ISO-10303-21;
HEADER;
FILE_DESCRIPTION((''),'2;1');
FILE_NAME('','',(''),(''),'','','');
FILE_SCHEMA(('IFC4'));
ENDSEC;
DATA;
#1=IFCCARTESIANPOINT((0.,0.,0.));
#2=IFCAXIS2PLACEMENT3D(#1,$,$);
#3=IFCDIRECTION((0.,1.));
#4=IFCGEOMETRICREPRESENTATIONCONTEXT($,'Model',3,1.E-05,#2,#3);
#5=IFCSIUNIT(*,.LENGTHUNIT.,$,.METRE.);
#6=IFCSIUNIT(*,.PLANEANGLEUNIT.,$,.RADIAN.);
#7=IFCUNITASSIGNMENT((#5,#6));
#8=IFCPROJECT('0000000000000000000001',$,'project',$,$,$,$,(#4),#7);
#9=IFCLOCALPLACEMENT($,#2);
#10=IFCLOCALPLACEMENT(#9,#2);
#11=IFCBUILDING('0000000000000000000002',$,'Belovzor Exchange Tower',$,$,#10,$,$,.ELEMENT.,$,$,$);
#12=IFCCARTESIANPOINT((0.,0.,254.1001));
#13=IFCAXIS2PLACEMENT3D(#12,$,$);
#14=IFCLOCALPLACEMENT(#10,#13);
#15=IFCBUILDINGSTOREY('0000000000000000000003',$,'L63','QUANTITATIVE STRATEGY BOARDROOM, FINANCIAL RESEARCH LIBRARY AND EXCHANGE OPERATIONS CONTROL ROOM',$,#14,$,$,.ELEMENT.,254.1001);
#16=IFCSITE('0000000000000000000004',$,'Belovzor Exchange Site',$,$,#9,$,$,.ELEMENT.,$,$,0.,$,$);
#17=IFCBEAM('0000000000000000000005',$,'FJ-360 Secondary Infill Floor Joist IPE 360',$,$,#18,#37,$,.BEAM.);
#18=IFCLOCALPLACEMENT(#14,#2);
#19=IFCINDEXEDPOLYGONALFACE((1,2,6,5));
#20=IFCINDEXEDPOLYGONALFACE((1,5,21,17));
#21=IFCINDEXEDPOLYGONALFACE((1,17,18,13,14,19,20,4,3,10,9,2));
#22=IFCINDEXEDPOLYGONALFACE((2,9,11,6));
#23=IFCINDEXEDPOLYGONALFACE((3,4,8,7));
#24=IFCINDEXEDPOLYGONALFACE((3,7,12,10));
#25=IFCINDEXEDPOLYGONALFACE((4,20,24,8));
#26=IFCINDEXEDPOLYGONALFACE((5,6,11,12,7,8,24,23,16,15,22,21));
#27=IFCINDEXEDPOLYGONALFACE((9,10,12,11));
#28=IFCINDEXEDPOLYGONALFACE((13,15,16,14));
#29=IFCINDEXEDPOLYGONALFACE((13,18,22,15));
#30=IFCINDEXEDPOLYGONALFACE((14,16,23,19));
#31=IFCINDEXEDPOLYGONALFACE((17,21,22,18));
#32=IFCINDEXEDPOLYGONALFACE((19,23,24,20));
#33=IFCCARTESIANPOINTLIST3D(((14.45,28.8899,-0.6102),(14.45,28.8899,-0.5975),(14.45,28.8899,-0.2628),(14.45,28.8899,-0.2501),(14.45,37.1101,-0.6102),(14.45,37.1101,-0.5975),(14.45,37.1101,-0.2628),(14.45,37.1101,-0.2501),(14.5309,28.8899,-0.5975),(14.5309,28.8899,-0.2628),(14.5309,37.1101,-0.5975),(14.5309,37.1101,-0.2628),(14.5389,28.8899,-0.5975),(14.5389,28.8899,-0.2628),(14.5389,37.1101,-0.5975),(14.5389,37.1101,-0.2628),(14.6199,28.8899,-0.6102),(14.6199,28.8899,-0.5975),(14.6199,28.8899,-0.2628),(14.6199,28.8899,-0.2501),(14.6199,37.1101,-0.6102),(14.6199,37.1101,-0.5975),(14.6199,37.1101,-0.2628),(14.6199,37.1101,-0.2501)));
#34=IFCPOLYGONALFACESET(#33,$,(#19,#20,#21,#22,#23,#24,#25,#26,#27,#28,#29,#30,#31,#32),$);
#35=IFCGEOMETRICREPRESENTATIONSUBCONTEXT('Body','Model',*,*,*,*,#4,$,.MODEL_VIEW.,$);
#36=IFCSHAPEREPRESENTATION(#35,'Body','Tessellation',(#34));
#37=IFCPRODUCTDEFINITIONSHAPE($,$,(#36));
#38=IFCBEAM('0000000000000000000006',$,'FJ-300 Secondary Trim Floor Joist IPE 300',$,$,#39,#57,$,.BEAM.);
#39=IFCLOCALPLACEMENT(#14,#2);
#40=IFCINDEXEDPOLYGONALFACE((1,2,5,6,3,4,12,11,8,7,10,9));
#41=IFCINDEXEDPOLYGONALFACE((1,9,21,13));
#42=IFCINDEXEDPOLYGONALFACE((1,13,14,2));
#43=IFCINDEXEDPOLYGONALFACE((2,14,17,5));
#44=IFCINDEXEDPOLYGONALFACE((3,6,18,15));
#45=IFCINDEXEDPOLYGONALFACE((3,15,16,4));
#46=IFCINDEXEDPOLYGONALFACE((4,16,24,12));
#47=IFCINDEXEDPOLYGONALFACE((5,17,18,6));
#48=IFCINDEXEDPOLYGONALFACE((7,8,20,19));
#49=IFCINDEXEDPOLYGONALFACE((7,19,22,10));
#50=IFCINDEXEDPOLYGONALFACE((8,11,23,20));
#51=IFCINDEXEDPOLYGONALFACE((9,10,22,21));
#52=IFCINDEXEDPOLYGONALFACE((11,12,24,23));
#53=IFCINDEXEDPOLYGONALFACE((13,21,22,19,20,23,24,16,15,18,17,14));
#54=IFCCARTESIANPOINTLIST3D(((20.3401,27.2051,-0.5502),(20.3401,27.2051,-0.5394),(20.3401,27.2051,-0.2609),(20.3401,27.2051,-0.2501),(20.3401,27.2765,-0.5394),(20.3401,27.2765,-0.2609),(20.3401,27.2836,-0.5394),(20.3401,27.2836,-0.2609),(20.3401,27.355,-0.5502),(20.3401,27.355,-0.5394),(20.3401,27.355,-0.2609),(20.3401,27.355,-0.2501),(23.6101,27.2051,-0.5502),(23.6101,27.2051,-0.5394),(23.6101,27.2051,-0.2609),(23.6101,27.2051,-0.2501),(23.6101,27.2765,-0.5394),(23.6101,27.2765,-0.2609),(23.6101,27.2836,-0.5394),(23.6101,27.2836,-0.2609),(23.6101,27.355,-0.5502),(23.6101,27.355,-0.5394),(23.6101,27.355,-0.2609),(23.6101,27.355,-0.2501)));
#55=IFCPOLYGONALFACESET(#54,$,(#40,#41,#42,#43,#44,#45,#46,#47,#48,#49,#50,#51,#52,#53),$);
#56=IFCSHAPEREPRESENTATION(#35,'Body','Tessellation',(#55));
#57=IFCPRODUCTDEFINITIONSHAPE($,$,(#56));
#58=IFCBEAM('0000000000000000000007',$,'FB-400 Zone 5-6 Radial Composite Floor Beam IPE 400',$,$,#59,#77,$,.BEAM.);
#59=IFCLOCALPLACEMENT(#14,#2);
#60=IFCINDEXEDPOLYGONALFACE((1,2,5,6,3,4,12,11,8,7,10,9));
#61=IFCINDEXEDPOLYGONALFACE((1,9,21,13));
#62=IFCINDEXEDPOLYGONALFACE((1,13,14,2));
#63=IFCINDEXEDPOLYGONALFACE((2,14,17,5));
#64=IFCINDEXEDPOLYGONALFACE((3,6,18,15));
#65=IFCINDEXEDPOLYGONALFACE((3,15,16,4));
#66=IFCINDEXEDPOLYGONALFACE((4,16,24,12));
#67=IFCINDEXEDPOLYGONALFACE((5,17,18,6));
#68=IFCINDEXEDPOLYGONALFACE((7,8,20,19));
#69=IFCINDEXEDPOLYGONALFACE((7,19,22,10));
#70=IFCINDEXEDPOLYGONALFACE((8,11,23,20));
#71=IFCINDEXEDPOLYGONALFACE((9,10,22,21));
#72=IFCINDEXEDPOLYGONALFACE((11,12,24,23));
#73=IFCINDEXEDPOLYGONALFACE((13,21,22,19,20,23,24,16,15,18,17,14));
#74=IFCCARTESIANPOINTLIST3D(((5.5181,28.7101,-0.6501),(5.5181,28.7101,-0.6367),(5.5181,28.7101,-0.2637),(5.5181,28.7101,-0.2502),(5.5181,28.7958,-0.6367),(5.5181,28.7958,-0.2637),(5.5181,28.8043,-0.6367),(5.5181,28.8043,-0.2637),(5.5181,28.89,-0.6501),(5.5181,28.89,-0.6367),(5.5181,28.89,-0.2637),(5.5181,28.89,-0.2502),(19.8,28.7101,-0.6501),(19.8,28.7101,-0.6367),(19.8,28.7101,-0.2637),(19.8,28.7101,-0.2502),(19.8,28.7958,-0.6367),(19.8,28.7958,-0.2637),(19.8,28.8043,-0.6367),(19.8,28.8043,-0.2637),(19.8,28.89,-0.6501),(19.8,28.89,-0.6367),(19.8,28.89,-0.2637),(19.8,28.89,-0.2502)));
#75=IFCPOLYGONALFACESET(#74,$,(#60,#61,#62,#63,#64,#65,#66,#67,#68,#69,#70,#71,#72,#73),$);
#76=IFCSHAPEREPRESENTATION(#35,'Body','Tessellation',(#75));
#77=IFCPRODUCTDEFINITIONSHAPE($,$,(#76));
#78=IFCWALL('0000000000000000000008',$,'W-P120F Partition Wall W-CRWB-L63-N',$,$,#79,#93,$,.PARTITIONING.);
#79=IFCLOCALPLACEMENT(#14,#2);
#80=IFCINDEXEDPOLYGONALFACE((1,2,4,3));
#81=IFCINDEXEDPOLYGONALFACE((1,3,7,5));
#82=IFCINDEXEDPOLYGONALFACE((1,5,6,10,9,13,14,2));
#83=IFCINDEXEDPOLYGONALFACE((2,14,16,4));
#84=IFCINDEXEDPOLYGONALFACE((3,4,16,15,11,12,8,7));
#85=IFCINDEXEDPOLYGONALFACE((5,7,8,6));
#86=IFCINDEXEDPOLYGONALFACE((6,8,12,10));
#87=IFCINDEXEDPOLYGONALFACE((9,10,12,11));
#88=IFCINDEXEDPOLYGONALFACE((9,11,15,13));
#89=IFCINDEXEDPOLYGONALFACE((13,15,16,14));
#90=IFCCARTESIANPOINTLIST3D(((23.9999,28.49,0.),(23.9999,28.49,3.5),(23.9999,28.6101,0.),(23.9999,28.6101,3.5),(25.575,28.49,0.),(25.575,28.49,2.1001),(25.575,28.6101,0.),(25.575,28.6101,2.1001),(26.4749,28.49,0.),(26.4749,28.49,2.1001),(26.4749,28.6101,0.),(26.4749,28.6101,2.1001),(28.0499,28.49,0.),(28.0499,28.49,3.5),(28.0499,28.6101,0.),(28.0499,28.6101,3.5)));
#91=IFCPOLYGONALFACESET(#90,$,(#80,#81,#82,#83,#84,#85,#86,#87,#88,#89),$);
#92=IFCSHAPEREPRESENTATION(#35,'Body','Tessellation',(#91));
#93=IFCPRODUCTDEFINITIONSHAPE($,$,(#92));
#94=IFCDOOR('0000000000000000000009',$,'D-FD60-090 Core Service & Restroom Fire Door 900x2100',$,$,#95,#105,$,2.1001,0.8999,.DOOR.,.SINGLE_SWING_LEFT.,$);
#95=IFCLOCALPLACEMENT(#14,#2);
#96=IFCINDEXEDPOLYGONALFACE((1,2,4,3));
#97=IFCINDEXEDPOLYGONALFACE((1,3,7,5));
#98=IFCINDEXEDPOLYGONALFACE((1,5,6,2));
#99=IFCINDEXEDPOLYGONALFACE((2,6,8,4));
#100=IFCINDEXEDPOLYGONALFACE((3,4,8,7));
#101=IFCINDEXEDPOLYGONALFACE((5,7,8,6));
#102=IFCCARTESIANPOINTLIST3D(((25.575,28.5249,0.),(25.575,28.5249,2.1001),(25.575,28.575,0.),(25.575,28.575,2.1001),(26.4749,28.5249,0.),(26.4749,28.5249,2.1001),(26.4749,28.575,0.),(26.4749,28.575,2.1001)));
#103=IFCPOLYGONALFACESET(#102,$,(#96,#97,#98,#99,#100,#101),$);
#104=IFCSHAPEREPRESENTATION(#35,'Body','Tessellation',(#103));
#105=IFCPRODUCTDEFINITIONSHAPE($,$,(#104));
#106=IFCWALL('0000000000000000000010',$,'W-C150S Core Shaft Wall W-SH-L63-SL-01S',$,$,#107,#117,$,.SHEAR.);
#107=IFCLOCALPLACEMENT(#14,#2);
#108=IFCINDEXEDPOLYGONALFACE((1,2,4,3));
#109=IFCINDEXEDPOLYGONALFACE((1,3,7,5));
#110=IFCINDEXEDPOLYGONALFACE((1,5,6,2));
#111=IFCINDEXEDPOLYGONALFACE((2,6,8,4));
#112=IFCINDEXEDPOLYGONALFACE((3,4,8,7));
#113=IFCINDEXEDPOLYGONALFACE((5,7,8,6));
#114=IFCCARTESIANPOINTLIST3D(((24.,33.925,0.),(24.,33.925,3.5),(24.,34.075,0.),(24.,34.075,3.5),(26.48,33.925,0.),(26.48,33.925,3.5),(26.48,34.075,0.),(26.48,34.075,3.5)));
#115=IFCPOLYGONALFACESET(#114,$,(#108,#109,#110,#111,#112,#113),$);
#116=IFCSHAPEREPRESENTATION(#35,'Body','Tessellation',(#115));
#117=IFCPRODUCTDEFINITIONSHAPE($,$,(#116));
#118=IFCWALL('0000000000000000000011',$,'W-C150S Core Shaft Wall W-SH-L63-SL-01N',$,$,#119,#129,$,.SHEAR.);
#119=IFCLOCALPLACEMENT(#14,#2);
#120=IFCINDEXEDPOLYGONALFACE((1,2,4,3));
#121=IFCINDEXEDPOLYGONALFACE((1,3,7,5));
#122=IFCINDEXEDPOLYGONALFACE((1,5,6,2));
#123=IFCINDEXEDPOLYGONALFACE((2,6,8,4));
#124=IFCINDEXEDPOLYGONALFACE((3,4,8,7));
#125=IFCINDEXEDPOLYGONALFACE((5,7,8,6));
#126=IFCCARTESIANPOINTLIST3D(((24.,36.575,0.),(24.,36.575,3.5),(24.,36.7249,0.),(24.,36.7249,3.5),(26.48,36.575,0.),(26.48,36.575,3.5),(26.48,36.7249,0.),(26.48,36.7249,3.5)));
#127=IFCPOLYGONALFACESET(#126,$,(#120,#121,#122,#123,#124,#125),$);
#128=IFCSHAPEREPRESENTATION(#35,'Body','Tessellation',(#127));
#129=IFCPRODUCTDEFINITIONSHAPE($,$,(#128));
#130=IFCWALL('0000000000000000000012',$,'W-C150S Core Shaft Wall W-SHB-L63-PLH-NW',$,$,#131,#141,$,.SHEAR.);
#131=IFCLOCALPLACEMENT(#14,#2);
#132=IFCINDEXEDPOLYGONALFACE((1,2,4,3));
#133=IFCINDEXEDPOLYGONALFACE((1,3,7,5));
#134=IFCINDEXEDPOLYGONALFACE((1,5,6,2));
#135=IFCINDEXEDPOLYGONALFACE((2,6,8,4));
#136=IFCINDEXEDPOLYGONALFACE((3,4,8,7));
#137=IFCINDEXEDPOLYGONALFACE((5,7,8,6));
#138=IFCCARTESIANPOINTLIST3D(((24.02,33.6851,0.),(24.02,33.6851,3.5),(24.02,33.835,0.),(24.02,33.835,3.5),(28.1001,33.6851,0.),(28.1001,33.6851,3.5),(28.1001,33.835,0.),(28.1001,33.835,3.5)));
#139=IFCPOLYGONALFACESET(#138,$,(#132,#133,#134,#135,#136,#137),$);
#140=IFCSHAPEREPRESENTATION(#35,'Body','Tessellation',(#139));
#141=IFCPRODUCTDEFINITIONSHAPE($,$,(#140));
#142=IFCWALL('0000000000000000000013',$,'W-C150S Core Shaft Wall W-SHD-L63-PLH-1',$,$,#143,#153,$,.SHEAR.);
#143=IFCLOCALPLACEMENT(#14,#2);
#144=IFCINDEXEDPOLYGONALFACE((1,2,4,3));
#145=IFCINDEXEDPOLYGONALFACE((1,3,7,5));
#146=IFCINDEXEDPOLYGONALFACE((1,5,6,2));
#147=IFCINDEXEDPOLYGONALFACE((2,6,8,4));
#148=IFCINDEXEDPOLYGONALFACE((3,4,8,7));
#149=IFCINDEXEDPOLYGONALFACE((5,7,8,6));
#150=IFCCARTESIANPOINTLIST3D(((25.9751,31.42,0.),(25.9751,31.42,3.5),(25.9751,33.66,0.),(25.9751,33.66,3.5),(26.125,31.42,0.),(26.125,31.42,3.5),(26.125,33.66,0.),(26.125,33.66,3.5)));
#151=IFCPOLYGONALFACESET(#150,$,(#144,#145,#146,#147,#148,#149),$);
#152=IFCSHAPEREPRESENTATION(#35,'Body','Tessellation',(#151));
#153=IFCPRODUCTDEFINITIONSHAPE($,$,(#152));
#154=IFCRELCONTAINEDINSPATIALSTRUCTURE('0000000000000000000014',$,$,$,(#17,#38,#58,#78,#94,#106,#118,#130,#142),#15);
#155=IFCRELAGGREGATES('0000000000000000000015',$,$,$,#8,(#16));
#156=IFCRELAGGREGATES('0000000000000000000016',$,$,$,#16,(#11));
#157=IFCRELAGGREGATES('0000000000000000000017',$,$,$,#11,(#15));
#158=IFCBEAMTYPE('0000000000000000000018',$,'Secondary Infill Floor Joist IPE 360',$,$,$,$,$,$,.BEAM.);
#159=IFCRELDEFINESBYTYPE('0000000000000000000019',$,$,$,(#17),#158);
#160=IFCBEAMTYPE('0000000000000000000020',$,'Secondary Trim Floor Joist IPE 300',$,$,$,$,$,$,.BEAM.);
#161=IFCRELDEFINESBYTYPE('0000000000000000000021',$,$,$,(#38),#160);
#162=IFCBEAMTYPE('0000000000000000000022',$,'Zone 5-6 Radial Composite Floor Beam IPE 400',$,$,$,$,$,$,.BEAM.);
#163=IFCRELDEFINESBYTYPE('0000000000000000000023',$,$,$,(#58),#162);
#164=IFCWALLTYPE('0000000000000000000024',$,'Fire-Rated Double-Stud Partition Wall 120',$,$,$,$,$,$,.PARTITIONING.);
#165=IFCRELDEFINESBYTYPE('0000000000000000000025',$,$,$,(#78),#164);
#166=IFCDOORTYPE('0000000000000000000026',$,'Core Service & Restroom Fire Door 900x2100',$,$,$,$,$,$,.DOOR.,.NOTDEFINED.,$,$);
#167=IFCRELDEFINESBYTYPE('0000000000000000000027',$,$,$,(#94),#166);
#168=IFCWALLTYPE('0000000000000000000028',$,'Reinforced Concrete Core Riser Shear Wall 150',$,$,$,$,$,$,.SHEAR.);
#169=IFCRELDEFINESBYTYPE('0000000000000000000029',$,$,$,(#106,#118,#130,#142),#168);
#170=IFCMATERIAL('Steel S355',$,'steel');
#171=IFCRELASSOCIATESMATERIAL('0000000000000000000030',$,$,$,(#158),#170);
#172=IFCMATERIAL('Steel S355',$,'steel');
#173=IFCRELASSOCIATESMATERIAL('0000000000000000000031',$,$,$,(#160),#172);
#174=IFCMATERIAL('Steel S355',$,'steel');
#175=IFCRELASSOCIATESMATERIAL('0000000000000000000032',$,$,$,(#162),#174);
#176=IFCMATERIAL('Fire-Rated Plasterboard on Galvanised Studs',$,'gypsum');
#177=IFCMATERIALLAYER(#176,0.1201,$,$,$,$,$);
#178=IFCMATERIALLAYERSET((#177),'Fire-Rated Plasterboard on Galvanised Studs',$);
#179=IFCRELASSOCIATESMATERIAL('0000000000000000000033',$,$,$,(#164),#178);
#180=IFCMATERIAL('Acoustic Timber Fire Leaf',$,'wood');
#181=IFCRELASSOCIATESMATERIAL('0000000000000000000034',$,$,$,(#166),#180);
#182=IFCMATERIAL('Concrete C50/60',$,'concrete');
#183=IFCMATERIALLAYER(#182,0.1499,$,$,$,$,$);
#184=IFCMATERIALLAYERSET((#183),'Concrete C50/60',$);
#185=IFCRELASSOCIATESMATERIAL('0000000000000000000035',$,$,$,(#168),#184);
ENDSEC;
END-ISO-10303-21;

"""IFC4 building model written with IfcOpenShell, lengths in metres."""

from ifc_helpers import new_model, si_unit, direction, frame, frame_2d, origin, origin_2d, place, context, subcontext, project, spatial, rectangle, i_section, extrude, material, layer, layer_set, material_profile, profile_set, type_object, element, fill, save


model = new_model("IFC4")

# Units and contexts
model_context = context("Model", 3, precision=1e-05, world=origin(), true_north=direction((0.0, 1.0)))
body_context = subcontext(model_context, "Body", "Model", "MODEL_VIEW")
ifc_project = project(units=[si_unit("LENGTHUNIT", "METRE"), si_unit("PLANEANGLEUNIT", "RADIAN")], contexts=[model_context])

# Site, building, storey
site_placement = place(None, origin())
site = spatial("IfcSite", under=ifc_project, at=site_placement, Name="Belovzor Exchange Site", CompositionType="ELEMENT", RefElevation=0.0)
building_placement = place(site_placement, origin())
building = spatial("IfcBuilding", under=site, at=building_placement, Name="Belovzor Exchange Tower", CompositionType="ELEMENT")
storey_placement = place(building_placement, frame((0.0, 0.0, 254.1001)))
storey = spatial("IfcBuildingStorey", under=building, at=storey_placement, Name="L63", Description="QUANTITATIVE STRATEGY BOARDROOM, FINANCIAL RESEARCH LIBRARY AND EXCHANGE OPERATIONS CONTROL ROOM", CompositionType="ELEMENT", Elevation=254.1001)

# Beams
ifc_material_1 = material(Name="Steel S355", Category="steel")
ifc_material_profile_1 = material_profile(ifc_material_1, i_section(OverallWidth=0.1699, OverallDepth=0.3601, WebThickness=0.0081, FlangeThickness=0.0127, at=origin_2d()))
ifc_profile_set_1 = profile_set([ifc_material_profile_1], Name="Steel S355")
beam_type_1 = type_object("IfcBeamType", Name="Secondary Infill Floor Joist IPE 360", PredefinedType="BEAM", material=ifc_profile_set_1)
beam_1_placement = place(storey_placement, frame((14.5349, 28.8899, -0.4302), z_axis=(0.0, 1.0, 0.0), x_axis=(-1.0, 0.0, 0.0)))
element("IfcBeam", 1, at=beam_1_placement, inside=storey, type_object=beam_type_1, Name="FJ-360 Secondary Infill Floor Joist IPE 360", PredefinedType="BEAM", context=body_context, shape_type="SweptSolid", body=[
    extrude(i_section(OverallWidth=0.1699, OverallDepth=0.3601, WebThickness=0.0081, FlangeThickness=0.0127, at=origin_2d()), origin(), (0.0, 0.0, 1.0), 8.2202),
])
ifc_material_2 = material(Name="Steel S355", Category="steel")
ifc_material_profile_2 = material_profile(ifc_material_2, i_section(OverallWidth=0.1499, OverallDepth=0.3, WebThickness=0.0071, FlangeThickness=0.0107, at=origin_2d()))
ifc_profile_set_2 = profile_set([ifc_material_profile_2], Name="Steel S355")
beam_type_2 = type_object("IfcBeamType", Name="Secondary Trim Floor Joist IPE 300", PredefinedType="BEAM", material=ifc_profile_set_2)
beam_2_placement = place(storey_placement, frame((20.3401, 27.28, -0.4001), z_axis=(1.0, 0.0, 0.0), x_axis=(0.0, 1.0, 0.0)))
element("IfcBeam", 2, at=beam_2_placement, inside=storey, type_object=beam_type_2, Name="FJ-300 Secondary Trim Floor Joist IPE 300", PredefinedType="BEAM", context=body_context, shape_type="SweptSolid", body=[
    extrude(i_section(OverallWidth=0.1499, OverallDepth=0.3, WebThickness=0.0071, FlangeThickness=0.0107, at=origin_2d()), origin(), (0.0, 0.0, 1.0), 3.27),
])
ifc_material_3 = material(Name="Steel S355", Category="steel")
ifc_material_profile_3 = material_profile(ifc_material_3, i_section(OverallWidth=0.1799, OverallDepth=0.3999, WebThickness=0.0085, FlangeThickness=0.0134, at=origin_2d()))
ifc_profile_set_3 = profile_set([ifc_material_profile_3], Name="Steel S355")
beam_type_3 = type_object("IfcBeamType", Name="Zone 5-6 Radial Composite Floor Beam IPE 400", PredefinedType="BEAM", material=ifc_profile_set_3)
beam_3_placement = place(storey_placement, frame((19.8, 28.8, -0.4502), z_axis=(-1.0, 0.0, 0.0), x_axis=(0.0, -1.0, 0.0)))
element("IfcBeam", 3, at=beam_3_placement, inside=storey, type_object=beam_type_3, Name="FB-400 Zone 5-6 Radial Composite Floor Beam IPE 400", PredefinedType="BEAM", context=body_context, shape_type="SweptSolid", body=[
    extrude(i_section(OverallWidth=0.1799, OverallDepth=0.3999, WebThickness=0.0085, FlangeThickness=0.0134, at=origin_2d()), origin(), (0.0, 0.0, 1.0), 14.282),
])

# Wall, opening, door
ifc_material_4 = material(Name="Fire-Rated Plasterboard on Galvanised Studs", Category="gypsum")
ifc_layer_1 = layer(ifc_material_4, 0.1201)
ifc_layer_set_1 = layer_set([ifc_layer_1], Name="Fire-Rated Plasterboard on Galvanised Studs")
wall_type_1 = type_object("IfcWallType", Name="Fire-Rated Double-Stud Partition Wall 120", PredefinedType="PARTITIONING", material=ifc_layer_set_1)
wall_1_placement = place(storey_placement, frame((24.0, 28.55, 0.0), z_axis=(0.0, 0.0, 1.0), x_axis=(1.0, 0.0, 0.0)))
wall_1 = element("IfcWall", 4, at=wall_1_placement, inside=storey, type_object=wall_type_1, Name="W-P120F Partition Wall W-CRWB-L63-N", PredefinedType="PARTITIONING", context=body_context, shape_type="SweptSolid", body=[
    extrude(rectangle(XDim=4.05, YDim=0.1201, at=frame_2d((2.0249, 0.0))), origin(), (0.0, 0.0, 1.0), 3.5),
])
opening_1_placement = place(wall_1_placement, frame((1.575, 0.0, 0.0)))
opening_1 = element("IfcOpeningElement", 5, at=opening_1_placement, cuts=wall_1, PredefinedType="OPENING", context=body_context, shape_type="SweptSolid", body=[
    extrude(rectangle(XDim=0.8999, YDim=2.1001, at=frame_2d((0.45, 1.05))), frame((0.0, 0.0701, 0.0), z_axis=(0.0, -1.0, 0.0), x_axis=(1.0, 0.0, 0.0)), (0.0, 0.0, 1.0), 0.1401),
])
ifc_material_5 = material(Name="Acoustic Timber Fire Leaf", Category="wood")
door_type_1 = type_object("IfcDoorType", Name="Core Service & Restroom Fire Door 900x2100", OperationType="NOTDEFINED", PredefinedType="DOOR", material=ifc_material_5)
door_1_placement = place(opening_1_placement, origin())
door_1 = element("IfcDoor", 6, at=door_1_placement, inside=storey, type_object=door_type_1, Name="D-FD60-090 Core Service & Restroom Fire Door 900x2100", OperationType="SINGLE_SWING_LEFT", OverallHeight=2.1001, OverallWidth=0.8999, PredefinedType="DOOR", context=body_context, shape_type="SweptSolid", body=[
    extrude(rectangle(XDim=0.8999, YDim=2.1001, at=frame_2d((0.45, 1.05))), frame((0.0, 0.0249, 0.0), z_axis=(0.0, -1.0, 0.0), x_axis=(1.0, 0.0, 0.0)), (0.0, 0.0, 1.0), 0.05),
])
fill(opening_1, door_1)

# Walls
ifc_material_6 = material(Name="Concrete C50/60", Category="concrete")
ifc_layer_2 = layer(ifc_material_6, 0.1499)
ifc_layer_set_2 = layer_set([ifc_layer_2], Name="Concrete C50/60")
wall_type_2 = type_object("IfcWallType", Name="Reinforced Concrete Core Riser Shear Wall 150", PredefinedType="SHEAR", material=ifc_layer_set_2)
for number, where, z_axis, x_axis, name in (
    (7, (24.0, 34.0, 0.0), (0.0, 0.0, 1.0), (1.0, 0.0, 0.0), "W-C150S Core Shaft Wall W-SH-L63-SL-01S"),
    (8, (24.0, 36.6499, 0.0), (0.0, 0.0, 1.0), (1.0, 0.0, 0.0), "W-C150S Core Shaft Wall W-SH-L63-SL-01N"),
):
    element("IfcWall", number, at=place(storey_placement, frame(where, z_axis=z_axis, x_axis=x_axis)), inside=storey, type_object=wall_type_2, Name=name, PredefinedType="SHEAR", context=body_context, shape_type="SweptSolid", body=[
        extrude(rectangle(XDim=2.48, YDim=0.1499, at=frame_2d((1.24, 0.0))), origin(), (0.0, 0.0, 1.0), 3.5),
    ])
wall_2_placement = place(storey_placement, frame((24.02, 33.76, 0.0), z_axis=(0.0, 0.0, 1.0), x_axis=(1.0, 0.0, 0.0)))
element("IfcWall", 9, at=wall_2_placement, inside=storey, type_object=wall_type_2, Name="W-C150S Core Shaft Wall W-SHB-L63-PLH-NW", PredefinedType="SHEAR", context=body_context, shape_type="SweptSolid", body=[
    extrude(rectangle(XDim=4.0801, YDim=0.1499, at=frame_2d((2.04, 0.0))), origin(), (0.0, 0.0, 1.0), 3.5),
])
wall_3_placement = place(storey_placement, frame((26.05, 31.4199, 0.0), z_axis=(0.0, 0.0, 1.0), x_axis=(0.0, 1.0, 0.0)))
element("IfcWall", 10, at=wall_3_placement, inside=storey, type_object=wall_type_2, Name="W-C150S Core Shaft Wall W-SHD-L63-PLH-1", PredefinedType="SHEAR", context=body_context, shape_type="SweptSolid", body=[
    extrude(rectangle(XDim=2.24, YDim=0.1499, at=frame_2d((1.1201, 0.0))), origin(), (0.0, 0.0, 1.0), 3.5),
])

save(model, "model.ifc")
